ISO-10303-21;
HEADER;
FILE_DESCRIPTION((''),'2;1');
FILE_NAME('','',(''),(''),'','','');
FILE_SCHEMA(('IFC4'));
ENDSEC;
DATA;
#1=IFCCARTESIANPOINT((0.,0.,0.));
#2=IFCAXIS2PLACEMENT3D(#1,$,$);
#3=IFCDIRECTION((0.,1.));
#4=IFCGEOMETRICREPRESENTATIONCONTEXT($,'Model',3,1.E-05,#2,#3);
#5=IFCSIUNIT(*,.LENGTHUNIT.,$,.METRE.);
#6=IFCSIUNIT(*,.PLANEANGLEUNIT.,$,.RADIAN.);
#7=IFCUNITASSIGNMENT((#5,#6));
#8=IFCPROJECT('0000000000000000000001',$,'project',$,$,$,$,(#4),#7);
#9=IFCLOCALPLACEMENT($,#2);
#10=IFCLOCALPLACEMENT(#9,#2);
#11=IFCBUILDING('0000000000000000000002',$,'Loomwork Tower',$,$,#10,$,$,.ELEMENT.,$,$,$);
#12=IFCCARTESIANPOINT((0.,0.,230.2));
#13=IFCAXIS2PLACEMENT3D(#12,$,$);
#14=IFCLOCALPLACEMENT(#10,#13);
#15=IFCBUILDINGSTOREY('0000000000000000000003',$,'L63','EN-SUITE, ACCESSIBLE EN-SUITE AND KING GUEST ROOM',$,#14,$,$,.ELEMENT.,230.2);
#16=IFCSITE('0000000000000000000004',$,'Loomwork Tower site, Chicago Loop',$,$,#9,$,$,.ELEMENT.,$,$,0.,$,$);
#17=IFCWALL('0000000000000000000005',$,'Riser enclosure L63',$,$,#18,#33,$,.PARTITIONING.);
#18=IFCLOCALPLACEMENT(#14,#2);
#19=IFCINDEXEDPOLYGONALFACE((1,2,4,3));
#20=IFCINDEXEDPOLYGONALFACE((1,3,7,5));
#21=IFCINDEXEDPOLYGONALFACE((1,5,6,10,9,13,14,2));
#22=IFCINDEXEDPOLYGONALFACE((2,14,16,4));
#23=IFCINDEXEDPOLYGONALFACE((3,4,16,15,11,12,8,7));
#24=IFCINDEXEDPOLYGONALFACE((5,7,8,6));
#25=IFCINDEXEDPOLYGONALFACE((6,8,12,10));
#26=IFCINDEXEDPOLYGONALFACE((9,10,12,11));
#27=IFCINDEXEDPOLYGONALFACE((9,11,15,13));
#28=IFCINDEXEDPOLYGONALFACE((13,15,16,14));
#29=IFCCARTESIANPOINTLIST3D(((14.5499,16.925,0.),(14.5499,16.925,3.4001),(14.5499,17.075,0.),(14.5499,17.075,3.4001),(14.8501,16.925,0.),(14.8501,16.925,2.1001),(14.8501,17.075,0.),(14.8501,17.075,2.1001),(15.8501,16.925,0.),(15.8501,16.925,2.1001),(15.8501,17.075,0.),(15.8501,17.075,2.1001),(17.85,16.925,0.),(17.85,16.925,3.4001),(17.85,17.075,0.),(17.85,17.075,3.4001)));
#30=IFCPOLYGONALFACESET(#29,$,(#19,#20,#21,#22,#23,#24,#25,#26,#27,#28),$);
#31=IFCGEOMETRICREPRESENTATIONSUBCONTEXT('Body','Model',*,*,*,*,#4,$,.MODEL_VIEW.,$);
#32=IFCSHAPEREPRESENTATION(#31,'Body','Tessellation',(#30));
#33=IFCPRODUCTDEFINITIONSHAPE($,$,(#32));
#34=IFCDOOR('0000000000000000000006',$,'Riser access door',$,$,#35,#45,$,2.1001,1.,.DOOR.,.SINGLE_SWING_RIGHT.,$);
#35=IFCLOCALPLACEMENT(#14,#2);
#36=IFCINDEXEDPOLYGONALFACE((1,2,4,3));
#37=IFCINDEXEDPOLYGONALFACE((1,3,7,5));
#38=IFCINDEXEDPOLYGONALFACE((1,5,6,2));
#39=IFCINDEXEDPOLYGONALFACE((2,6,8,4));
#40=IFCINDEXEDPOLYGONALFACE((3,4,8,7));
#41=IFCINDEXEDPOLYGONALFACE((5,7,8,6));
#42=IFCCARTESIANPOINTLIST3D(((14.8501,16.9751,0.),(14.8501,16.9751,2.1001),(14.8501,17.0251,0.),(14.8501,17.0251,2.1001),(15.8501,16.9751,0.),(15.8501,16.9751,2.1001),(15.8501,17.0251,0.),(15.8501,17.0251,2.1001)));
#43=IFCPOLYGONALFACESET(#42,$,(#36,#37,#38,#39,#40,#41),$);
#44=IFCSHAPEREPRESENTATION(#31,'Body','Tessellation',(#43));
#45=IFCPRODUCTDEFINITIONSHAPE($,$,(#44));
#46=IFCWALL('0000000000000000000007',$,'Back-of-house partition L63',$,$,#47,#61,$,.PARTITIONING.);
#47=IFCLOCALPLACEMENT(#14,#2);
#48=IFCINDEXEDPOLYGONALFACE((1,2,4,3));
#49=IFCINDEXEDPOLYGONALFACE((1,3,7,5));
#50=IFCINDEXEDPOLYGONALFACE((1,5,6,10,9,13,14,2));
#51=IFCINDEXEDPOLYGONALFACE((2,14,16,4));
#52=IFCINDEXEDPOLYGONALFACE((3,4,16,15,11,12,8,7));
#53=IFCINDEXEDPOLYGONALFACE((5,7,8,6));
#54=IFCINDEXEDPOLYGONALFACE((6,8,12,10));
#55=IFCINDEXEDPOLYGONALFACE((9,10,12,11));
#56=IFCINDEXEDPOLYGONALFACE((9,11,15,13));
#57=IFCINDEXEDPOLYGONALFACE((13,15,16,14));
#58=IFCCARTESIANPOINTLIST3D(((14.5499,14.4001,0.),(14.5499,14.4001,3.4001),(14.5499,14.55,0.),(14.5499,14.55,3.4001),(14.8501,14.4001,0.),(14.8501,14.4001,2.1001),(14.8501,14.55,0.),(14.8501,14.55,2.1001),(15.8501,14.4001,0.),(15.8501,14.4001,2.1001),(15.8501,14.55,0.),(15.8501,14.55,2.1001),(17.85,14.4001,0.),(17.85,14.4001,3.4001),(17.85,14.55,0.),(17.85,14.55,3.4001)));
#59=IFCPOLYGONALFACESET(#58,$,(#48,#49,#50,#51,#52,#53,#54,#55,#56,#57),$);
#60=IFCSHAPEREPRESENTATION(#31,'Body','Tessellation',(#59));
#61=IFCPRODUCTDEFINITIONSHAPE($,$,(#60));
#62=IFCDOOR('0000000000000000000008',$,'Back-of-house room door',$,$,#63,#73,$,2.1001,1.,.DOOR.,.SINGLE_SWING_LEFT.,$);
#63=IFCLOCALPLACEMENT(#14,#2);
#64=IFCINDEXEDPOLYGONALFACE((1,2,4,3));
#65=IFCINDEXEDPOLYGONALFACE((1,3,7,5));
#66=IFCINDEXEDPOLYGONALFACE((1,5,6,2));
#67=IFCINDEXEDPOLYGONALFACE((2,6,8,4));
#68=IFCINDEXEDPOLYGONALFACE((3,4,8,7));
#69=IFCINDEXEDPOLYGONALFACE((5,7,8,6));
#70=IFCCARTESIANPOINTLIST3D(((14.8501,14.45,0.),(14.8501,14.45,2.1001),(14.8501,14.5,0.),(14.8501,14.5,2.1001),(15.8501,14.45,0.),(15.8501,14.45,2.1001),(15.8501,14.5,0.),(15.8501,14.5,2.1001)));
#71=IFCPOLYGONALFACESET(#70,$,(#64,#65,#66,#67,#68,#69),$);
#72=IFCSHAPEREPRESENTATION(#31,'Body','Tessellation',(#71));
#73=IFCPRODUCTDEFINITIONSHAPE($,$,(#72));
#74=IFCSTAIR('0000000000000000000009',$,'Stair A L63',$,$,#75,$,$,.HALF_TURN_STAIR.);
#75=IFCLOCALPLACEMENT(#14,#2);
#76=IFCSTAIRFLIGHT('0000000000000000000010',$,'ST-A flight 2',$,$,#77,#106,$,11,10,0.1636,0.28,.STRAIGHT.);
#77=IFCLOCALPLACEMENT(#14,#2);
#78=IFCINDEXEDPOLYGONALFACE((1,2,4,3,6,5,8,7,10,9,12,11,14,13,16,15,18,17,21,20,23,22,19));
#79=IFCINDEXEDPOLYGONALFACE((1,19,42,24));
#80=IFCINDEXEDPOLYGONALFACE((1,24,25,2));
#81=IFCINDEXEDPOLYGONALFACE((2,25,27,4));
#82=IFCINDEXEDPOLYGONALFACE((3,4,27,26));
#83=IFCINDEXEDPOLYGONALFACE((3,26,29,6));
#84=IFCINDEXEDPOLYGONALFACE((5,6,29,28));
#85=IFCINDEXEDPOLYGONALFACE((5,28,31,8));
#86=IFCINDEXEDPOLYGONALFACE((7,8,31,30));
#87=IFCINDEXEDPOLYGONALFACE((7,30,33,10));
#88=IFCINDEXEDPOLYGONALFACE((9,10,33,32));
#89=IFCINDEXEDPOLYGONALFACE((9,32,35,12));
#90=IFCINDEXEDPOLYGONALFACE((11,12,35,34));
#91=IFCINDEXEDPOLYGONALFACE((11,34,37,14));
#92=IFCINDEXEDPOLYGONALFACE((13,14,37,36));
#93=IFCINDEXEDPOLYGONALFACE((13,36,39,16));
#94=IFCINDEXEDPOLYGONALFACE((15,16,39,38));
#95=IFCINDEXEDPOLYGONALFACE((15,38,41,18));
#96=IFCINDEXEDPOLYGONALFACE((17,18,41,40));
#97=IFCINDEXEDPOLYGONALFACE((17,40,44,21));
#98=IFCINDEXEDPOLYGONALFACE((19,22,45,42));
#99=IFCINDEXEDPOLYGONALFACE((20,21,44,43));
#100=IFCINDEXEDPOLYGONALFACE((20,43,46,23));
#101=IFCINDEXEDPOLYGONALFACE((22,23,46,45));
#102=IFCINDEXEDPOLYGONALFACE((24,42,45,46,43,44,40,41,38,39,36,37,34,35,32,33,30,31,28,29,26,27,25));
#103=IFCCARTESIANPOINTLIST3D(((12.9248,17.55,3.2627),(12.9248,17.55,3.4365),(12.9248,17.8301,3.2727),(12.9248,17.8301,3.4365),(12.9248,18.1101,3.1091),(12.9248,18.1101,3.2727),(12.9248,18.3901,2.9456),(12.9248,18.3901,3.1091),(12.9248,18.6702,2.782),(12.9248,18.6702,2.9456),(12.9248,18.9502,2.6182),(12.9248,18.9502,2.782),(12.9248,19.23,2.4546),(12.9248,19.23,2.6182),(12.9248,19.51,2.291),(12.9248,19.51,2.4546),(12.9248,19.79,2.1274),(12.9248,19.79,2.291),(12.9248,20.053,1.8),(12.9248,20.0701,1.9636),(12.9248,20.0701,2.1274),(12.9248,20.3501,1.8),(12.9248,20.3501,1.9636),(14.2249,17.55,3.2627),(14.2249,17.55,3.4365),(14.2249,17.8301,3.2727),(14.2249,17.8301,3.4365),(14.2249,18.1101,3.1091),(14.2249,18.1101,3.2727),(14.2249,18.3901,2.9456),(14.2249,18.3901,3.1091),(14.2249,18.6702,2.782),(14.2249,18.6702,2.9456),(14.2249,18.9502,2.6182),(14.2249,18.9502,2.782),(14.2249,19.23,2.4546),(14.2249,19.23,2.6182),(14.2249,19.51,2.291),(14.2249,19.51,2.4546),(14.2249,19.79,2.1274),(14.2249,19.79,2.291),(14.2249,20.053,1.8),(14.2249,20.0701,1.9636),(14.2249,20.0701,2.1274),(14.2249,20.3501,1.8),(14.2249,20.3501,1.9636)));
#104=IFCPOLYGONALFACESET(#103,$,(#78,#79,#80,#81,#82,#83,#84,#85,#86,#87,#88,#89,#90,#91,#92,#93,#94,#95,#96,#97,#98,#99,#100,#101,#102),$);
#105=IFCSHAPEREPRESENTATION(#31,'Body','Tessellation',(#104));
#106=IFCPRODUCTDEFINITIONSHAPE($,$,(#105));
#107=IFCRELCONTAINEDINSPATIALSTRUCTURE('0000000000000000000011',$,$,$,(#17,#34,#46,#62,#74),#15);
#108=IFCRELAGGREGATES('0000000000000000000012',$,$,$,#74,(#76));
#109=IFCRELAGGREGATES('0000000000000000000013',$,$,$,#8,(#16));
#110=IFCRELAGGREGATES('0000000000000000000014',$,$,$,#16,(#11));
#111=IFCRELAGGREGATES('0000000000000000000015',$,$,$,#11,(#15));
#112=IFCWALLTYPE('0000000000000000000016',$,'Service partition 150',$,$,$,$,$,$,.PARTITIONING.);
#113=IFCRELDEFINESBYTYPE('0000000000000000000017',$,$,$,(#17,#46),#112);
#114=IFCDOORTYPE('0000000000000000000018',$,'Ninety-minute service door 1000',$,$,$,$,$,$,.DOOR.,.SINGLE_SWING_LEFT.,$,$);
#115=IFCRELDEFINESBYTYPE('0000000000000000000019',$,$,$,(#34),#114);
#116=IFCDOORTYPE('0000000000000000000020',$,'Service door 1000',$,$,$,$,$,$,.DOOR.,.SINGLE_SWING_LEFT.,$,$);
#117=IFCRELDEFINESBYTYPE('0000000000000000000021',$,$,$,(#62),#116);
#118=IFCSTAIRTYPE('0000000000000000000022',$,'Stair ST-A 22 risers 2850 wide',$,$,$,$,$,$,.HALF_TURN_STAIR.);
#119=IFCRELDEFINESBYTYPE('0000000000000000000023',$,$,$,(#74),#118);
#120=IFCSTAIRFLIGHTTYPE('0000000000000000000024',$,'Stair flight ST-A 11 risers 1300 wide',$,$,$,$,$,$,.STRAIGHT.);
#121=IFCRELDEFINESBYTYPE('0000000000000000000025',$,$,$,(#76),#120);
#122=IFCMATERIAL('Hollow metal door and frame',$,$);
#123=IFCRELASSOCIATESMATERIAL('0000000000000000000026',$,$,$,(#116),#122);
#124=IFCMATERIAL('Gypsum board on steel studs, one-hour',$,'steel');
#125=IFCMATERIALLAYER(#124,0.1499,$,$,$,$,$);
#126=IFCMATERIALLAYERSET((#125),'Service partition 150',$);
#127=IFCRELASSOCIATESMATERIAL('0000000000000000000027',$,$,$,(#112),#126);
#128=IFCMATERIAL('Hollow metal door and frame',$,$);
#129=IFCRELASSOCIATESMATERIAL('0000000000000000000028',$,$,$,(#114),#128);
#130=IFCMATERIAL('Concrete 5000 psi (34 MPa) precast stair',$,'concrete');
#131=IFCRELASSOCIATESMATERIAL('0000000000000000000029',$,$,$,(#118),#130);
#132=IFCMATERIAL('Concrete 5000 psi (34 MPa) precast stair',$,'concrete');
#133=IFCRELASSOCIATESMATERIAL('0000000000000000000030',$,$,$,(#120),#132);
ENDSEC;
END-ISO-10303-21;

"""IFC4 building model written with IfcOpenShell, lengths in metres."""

from ifc_helpers import new_model, si_unit, direction, frame, frame_2d, origin, place, context, subcontext, project, spatial, polyline, rectangle, outline, extrude, material, layer, layer_set, type_object, element, fill, aggregate, save


model = new_model("IFC4")

# Units and contexts
model_context = context("Model", 3, precision=1e-05, world=origin(), true_north=direction((0.0, 1.0)))
body_context = subcontext(model_context, "Body", "Model", "MODEL_VIEW")
ifc_project = project(units=[si_unit("LENGTHUNIT", "METRE"), si_unit("PLANEANGLEUNIT", "RADIAN")], contexts=[model_context])

# Site, building, storey
site_placement = place(None, origin())
site = spatial("IfcSite", under=ifc_project, at=site_placement, Name="Loomwork Tower site, Chicago Loop", CompositionType="ELEMENT", RefElevation=0.0)
building_placement = place(site_placement, origin())
building = spatial("IfcBuilding", under=site, at=building_placement, Name="Loomwork Tower", CompositionType="ELEMENT")
storey_placement = place(building_placement, frame((0.0, 0.0, 230.2)))
storey = spatial("IfcBuildingStorey", under=building, at=storey_placement, Name="L63", Description="EN-SUITE, ACCESSIBLE EN-SUITE AND KING GUEST ROOM", CompositionType="ELEMENT", Elevation=230.2)

# Shared definitions
ifc_material_1 = material(Name="Hollow metal door and frame")
door_type_1 = type_object("IfcDoorType", Name="Service door 1000", OperationType="SINGLE_SWING_LEFT", PredefinedType="DOOR", material=ifc_material_1)

# Walls, openings, doors
ifc_material_2 = material(Name="Gypsum board on steel studs, one-hour", Category="steel")
ifc_layer_1 = layer(ifc_material_2, 0.1499)
ifc_layer_set_1 = layer_set([ifc_layer_1], Name="Service partition 150")
wall_type_1 = type_object("IfcWallType", Name="Service partition 150", PredefinedType="PARTITIONING", material=ifc_layer_set_1)
wall_1_placement = place(storey_placement, frame((14.55, 17.0, 0.0), z_axis=(0.0, 0.0, 1.0), x_axis=(1.0, 0.0, 0.0)))
wall_1 = element("IfcWall", 1, at=wall_1_placement, inside=storey, type_object=wall_type_1, Name="Riser enclosure L63", PredefinedType="PARTITIONING", context=body_context, shape_type="SweptSolid", body=[
    extrude(rectangle(XDim=3.3, YDim=0.1499, at=frame_2d((1.6499, 0.0))), origin(), (0.0, 0.0, 1.0), 3.4001),
])
opening_1_placement = place(wall_1_placement, frame((0.3, 0.0, 0.0)))
opening_1 = element("IfcOpeningElement", 2, at=opening_1_placement, cuts=wall_1, PredefinedType="OPENING", context=body_context, shape_type="SweptSolid", body=[
    extrude(rectangle(XDim=1.0, YDim=2.1001, at=frame_2d((0.5, 1.05))), frame((0.0, 0.085, 0.0), z_axis=(0.0, -1.0, 0.0), x_axis=(1.0, 0.0, 0.0)), (0.0, 0.0, 1.0), 0.1699),
])
ifc_material_3 = material(Name="Hollow metal door and frame")
door_type_2 = type_object("IfcDoorType", Name="Ninety-minute service door 1000", OperationType="SINGLE_SWING_LEFT", PredefinedType="DOOR", material=ifc_material_3)
door_1_placement = place(opening_1_placement, frame((1.0, 0.0, 0.0), z_axis=(0.0, 0.0, 1.0), x_axis=(-1.0, 0.0, 0.0)))
door_1 = element("IfcDoor", 3, at=door_1_placement, inside=storey, type_object=door_type_2, Name="Riser access door", OperationType="SINGLE_SWING_RIGHT", OverallHeight=2.1001, OverallWidth=1.0, PredefinedType="DOOR", context=body_context, shape_type="SweptSolid", body=[
    extrude(rectangle(XDim=1.0, YDim=2.1001, at=frame_2d((0.5, 1.05))), frame((0.0, 0.0249, 0.0), z_axis=(0.0, -1.0, 0.0), x_axis=(1.0, 0.0, 0.0)), (0.0, 0.0, 1.0), 0.05),
])
fill(opening_1, door_1)
wall_2_placement = place(storey_placement, frame((14.55, 14.4751, 0.0), z_axis=(0.0, 0.0, 1.0), x_axis=(1.0, 0.0, 0.0)))
wall_2 = element("IfcWall", 4, at=wall_2_placement, inside=storey, type_object=wall_type_1, Name="Back-of-house partition L63", PredefinedType="PARTITIONING", context=body_context, shape_type="SweptSolid", body=[
    extrude(rectangle(XDim=3.3, YDim=0.1499, at=frame_2d((1.6499, 0.0))), origin(), (0.0, 0.0, 1.0), 3.4001),
])
opening_2_placement = place(wall_2_placement, frame((0.3, 0.0, 0.0)))
opening_2 = element("IfcOpeningElement", 5, at=opening_2_placement, cuts=wall_2, PredefinedType="OPENING", context=body_context, shape_type="SweptSolid", body=[
    extrude(rectangle(XDim=1.0, YDim=2.1001, at=frame_2d((0.5, 1.05))), frame((0.0, 0.085, 0.0), z_axis=(0.0, -1.0, 0.0), x_axis=(1.0, 0.0, 0.0)), (0.0, 0.0, 1.0), 0.1699),
])
door_2_placement = place(opening_2_placement, origin())
door_2 = element("IfcDoor", 6, at=door_2_placement, inside=storey, type_object=door_type_1, Name="Back-of-house room door", OperationType="SINGLE_SWING_LEFT", OverallHeight=2.1001, OverallWidth=1.0, PredefinedType="DOOR", context=body_context, shape_type="SweptSolid", body=[
    extrude(rectangle(XDim=1.0, YDim=2.1001, at=frame_2d((0.5, 1.05))), frame((0.0, 0.0249, 0.0), z_axis=(0.0, -1.0, 0.0), x_axis=(1.0, 0.0, 0.0)), (0.0, 0.0, 1.0), 0.05),
])
fill(opening_2, door_2)

# Stair, stair flight
ifc_material_4 = material(Name="Concrete 5000 psi (34 MPa) precast stair", Category="concrete")
stair_type = type_object("IfcStairType", Name="Stair ST-A 22 risers 2850 wide", PredefinedType="HALF_TURN_STAIR", material=ifc_material_4)
stair_placement = place(storey_placement, origin())
stair = element("IfcStair", 7, at=stair_placement, inside=storey, type_object=stair_type, Name="Stair A L63", PredefinedType="HALF_TURN_STAIR")
ifc_material_5 = material(Name="Concrete 5000 psi (34 MPa) precast stair", Category="concrete")
stair_flight_type = type_object("IfcStairFlightType", Name="Stair flight ST-A 11 risers 1300 wide", PredefinedType="STRAIGHT", material=ifc_material_5)
stair_flight_placement = place(storey_placement, frame((13.575, 20.3501, 1.8), z_axis=(0.0, 0.0, 1.0), x_axis=(0.0, -1.0, 0.0)))
stair_flight = element("IfcStairFlight", 8, at=stair_flight_placement, type_object=stair_flight_type, Name="ST-A flight 2", NumberOfRisers=11, NumberOfTreads=10, PredefinedType="STRAIGHT", RiserHeight=0.1636, TreadLength=0.28, context=body_context, shape_type="SweptSolid", body=[
    extrude(outline(polyline([(0.0, 0.0), (0.0, 0.1636), (0.28, 0.1636), (0.28, 0.3274), (0.5601, 0.3274), (0.5601, 0.491), (0.8401, 0.491), (0.8401, 0.6545), (1.1201, 0.6545), (1.1201, 0.8181), (1.3999, 0.8181), (1.3999, 0.9819), (1.6799, 0.9819), (1.6799, 1.1455), (1.96, 1.1455), (1.96, 1.3091), (2.24, 1.3091), (2.24, 1.4727), (2.52, 1.4727), (2.52, 1.6365), (2.8, 1.6365), (2.8, 1.8), (2.8, 1.4626), (0.2971, 0.0), (0.0, 0.0)])), frame((0.0, 0.6499, 0.0), z_axis=(0.0, -1.0, 0.0), x_axis=(1.0, 0.0, 0.0)), (0.0, 0.0, 1.0), 1.3),
])
aggregate(stair, [stair_flight])

save(model, "model.ifc")
